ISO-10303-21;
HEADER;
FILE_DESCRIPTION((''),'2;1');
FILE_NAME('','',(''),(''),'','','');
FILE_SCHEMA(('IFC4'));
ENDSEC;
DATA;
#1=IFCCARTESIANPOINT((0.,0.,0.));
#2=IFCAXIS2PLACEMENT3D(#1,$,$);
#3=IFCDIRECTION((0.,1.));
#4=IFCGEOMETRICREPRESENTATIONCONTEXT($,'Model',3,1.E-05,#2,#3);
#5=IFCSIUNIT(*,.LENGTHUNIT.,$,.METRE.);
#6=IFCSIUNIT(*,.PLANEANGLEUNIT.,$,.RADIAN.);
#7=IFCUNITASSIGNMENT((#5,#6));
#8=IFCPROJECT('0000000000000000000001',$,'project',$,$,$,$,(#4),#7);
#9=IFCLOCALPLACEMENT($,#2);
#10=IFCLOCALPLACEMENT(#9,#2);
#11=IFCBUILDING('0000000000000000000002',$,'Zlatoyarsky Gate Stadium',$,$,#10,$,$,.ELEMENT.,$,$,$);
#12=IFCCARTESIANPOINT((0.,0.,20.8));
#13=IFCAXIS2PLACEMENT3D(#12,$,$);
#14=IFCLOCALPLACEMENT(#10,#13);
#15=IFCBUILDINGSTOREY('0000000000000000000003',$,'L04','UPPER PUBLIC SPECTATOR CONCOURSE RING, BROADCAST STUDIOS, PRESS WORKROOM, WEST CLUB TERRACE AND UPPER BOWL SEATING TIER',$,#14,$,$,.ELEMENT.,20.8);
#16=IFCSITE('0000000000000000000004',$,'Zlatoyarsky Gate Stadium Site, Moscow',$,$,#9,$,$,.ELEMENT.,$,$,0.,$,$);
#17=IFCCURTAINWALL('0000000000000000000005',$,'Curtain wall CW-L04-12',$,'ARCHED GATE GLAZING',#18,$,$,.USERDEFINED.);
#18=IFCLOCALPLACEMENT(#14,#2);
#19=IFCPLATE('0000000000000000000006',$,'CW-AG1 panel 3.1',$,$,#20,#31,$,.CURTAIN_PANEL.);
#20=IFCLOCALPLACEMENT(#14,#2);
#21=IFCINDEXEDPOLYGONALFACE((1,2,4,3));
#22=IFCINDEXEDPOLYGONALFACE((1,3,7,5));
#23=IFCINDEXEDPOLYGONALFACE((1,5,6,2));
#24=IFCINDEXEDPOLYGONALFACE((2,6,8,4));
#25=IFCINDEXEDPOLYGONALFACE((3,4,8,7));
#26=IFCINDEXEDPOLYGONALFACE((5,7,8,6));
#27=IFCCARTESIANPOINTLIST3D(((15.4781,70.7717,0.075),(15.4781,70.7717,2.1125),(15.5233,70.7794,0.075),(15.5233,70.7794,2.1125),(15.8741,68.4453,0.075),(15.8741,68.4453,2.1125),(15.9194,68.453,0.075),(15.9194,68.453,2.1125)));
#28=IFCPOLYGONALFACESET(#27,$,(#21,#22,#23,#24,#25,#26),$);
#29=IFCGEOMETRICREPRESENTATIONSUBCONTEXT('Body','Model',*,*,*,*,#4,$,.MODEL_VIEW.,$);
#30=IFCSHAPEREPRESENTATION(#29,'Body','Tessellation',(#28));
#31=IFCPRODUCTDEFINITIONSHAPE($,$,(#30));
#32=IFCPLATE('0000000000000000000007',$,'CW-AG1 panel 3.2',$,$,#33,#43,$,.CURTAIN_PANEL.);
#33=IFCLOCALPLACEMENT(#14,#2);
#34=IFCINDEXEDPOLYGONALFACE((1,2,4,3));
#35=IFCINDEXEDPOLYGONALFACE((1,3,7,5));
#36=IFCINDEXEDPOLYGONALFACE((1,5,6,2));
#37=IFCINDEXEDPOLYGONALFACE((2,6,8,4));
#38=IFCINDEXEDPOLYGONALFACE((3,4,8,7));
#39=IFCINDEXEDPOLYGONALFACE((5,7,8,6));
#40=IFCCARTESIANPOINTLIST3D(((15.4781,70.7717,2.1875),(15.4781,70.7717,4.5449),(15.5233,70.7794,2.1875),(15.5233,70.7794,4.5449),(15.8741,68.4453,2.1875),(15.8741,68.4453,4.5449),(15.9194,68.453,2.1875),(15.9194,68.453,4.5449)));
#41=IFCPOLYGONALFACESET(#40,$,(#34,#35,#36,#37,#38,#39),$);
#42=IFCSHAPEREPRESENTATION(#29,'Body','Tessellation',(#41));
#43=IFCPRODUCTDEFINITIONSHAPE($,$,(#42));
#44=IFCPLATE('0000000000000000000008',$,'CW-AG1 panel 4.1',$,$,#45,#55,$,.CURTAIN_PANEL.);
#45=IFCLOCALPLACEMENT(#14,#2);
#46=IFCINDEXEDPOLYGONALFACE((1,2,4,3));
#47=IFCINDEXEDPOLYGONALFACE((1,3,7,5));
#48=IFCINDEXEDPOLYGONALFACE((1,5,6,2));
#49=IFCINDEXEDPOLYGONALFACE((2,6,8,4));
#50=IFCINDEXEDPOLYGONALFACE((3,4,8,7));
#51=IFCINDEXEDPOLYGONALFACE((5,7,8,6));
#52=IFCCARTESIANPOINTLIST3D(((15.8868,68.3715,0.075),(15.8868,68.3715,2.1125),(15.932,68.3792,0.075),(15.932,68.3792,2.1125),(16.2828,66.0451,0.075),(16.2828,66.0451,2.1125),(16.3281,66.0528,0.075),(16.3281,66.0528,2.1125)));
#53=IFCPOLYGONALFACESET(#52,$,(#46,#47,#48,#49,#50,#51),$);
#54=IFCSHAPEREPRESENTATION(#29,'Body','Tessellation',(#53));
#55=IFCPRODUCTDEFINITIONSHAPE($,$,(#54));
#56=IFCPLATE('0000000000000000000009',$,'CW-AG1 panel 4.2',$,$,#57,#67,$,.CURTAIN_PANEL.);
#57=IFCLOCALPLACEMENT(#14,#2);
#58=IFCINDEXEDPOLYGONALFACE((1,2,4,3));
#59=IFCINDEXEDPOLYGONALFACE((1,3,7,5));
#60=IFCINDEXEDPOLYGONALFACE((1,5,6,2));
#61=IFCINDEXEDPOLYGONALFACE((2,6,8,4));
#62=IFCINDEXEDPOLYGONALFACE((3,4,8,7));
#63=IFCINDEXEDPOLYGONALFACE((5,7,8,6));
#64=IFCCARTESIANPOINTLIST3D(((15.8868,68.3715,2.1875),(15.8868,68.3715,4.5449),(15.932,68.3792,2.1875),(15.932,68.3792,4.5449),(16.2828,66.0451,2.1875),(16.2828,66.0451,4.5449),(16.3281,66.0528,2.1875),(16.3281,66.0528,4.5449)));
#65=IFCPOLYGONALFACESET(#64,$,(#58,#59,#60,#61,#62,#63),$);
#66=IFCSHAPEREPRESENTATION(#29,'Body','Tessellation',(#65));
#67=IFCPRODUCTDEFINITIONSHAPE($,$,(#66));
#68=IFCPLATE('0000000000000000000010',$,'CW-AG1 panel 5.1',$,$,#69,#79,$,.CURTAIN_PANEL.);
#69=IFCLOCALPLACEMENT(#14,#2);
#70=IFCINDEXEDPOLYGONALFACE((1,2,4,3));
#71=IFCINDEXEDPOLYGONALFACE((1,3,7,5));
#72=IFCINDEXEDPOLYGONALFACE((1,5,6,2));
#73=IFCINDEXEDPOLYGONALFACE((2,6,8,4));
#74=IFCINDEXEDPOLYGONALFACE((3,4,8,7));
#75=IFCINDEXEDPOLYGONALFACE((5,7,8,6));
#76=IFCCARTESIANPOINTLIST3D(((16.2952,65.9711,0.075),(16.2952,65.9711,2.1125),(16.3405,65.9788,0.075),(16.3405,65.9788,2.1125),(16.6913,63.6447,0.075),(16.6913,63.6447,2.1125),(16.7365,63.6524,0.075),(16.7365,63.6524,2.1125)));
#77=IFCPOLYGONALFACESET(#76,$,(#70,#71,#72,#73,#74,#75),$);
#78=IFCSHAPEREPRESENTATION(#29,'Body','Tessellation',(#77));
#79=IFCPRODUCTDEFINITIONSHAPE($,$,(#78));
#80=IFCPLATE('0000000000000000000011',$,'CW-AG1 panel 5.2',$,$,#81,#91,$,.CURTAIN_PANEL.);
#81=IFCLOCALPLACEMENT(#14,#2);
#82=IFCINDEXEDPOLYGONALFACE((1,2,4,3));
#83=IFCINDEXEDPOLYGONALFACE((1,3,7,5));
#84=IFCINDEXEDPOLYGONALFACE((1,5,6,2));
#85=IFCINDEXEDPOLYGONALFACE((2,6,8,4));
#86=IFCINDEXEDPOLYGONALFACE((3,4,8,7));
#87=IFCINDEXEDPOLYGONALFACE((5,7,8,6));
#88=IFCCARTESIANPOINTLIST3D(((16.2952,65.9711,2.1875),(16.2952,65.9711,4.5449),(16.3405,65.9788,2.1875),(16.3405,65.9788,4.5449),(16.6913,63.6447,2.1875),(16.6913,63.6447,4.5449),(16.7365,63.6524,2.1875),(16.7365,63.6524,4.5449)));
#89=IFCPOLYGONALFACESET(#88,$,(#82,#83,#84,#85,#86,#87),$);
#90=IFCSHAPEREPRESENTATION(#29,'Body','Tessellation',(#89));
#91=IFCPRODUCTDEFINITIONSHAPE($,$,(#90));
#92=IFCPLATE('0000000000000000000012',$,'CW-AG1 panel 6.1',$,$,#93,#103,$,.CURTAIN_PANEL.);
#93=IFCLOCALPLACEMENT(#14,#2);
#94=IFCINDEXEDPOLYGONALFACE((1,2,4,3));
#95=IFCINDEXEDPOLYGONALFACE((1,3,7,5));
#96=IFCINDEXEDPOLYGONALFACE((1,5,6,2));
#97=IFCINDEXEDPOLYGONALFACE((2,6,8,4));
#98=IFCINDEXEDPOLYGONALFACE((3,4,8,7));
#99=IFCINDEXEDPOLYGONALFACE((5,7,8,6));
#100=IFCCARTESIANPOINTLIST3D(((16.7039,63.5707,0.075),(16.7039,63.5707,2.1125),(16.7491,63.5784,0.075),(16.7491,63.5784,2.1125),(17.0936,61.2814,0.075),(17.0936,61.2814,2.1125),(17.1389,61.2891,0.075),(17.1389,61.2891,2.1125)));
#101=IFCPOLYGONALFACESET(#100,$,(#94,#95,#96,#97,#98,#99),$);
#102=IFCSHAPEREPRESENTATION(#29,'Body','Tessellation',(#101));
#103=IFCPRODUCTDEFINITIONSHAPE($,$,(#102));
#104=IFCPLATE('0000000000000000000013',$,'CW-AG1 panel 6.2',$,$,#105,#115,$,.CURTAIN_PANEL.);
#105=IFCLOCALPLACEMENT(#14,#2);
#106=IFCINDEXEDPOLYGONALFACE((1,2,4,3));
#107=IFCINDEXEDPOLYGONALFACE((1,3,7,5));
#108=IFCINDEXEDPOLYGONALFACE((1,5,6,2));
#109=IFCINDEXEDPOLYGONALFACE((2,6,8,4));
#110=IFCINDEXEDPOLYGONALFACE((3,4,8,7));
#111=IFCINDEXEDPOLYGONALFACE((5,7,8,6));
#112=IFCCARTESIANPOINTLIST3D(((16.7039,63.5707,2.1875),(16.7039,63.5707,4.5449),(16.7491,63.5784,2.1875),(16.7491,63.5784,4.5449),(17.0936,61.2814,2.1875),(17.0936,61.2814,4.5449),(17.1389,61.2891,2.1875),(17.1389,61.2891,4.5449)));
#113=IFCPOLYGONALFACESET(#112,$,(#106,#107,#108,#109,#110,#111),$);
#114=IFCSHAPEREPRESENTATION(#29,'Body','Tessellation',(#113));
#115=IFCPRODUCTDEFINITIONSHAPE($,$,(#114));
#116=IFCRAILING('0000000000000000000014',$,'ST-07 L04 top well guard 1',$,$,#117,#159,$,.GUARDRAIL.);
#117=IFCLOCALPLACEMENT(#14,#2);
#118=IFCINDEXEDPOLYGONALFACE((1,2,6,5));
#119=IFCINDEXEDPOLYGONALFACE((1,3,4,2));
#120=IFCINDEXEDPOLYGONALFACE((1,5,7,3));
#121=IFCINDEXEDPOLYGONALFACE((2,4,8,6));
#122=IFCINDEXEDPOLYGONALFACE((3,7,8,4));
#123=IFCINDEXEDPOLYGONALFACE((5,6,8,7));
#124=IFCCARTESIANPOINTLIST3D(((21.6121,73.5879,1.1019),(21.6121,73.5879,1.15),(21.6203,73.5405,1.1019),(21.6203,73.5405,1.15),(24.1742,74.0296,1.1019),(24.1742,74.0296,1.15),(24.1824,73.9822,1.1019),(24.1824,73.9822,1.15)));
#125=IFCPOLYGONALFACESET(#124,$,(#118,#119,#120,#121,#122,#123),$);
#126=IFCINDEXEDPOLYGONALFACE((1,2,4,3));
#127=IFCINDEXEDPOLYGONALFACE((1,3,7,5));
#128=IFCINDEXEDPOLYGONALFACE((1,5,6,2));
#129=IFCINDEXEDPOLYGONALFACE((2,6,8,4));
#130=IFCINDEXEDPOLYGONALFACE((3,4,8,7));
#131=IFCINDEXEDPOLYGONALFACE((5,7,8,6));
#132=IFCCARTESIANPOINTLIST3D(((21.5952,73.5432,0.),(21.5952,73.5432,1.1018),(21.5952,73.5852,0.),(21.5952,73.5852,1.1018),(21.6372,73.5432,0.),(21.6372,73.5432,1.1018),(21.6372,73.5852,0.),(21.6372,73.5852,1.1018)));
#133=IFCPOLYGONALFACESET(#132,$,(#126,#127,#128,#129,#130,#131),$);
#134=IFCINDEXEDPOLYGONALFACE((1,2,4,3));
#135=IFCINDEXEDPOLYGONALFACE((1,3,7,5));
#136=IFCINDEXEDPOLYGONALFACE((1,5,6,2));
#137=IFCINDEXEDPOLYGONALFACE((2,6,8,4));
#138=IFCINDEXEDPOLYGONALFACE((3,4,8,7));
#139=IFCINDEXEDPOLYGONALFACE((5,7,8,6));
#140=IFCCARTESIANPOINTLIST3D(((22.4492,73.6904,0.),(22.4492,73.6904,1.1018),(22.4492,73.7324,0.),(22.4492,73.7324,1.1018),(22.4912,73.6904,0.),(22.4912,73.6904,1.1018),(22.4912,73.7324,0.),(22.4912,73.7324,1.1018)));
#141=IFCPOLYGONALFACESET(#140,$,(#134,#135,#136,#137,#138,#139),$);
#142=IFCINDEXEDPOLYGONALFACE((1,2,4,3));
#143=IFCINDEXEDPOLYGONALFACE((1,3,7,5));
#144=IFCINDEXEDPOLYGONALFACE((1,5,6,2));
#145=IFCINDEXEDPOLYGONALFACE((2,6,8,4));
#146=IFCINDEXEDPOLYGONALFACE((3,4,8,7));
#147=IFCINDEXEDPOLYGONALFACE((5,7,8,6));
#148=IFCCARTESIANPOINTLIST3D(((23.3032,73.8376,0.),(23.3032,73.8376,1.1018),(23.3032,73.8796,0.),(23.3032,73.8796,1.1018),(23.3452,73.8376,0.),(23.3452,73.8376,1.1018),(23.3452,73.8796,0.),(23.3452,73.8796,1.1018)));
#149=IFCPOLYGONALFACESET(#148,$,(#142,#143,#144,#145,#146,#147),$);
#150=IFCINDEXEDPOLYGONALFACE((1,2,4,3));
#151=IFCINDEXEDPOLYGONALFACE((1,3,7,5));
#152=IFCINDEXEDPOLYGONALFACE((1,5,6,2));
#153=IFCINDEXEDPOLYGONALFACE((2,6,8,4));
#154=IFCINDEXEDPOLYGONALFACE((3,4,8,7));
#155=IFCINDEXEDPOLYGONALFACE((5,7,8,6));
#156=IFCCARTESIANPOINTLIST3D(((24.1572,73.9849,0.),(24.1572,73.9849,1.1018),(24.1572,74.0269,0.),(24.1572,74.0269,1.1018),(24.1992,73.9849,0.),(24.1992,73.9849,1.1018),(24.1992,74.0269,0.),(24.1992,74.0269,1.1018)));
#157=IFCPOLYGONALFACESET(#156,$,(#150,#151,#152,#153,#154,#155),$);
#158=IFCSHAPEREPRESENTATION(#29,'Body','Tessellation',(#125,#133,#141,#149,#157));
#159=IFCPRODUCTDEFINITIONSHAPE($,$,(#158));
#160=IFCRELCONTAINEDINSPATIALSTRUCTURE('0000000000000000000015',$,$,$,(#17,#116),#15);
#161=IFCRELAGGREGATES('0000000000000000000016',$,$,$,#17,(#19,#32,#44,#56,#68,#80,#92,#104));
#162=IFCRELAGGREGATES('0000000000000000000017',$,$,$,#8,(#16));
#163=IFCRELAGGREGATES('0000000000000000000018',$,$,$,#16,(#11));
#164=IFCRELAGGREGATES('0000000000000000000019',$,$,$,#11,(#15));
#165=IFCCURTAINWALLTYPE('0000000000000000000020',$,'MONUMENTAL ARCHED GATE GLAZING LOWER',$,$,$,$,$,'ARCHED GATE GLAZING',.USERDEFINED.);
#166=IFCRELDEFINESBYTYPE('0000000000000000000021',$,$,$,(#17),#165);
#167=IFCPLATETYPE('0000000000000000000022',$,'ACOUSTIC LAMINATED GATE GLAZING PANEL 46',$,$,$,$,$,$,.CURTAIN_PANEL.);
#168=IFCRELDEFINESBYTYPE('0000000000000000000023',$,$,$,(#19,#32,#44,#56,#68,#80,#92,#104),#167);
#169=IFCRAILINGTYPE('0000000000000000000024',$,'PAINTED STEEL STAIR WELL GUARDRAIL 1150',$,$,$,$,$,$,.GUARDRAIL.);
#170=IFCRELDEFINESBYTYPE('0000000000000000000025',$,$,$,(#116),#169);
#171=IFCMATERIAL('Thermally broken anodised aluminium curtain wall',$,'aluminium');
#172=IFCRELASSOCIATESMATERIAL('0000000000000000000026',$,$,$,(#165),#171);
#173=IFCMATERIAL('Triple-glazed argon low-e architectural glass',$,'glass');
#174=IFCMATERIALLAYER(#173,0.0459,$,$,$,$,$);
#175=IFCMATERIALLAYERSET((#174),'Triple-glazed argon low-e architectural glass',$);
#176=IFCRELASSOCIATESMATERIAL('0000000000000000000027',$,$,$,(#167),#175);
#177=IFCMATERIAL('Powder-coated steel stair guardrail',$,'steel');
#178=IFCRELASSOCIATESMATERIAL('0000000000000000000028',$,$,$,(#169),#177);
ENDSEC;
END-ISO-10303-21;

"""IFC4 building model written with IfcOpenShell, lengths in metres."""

from ifc_helpers import new_model, si_unit, direction, frame, origin, origin_2d, place, context, subcontext, project, spatial, rectangle, extrude, material, layer, layer_set, type_object, element, aggregate, save


model = new_model("IFC4")

# Units and contexts
model_context = context("Model", 3, precision=1e-05, world=origin(), true_north=direction((0.0, 1.0)))
body_context = subcontext(model_context, "Body", "Model", "MODEL_VIEW")
ifc_project = project(units=[si_unit("LENGTHUNIT", "METRE"), si_unit("PLANEANGLEUNIT", "RADIAN")], contexts=[model_context])

# Site, building, storey
site_placement = place(None, origin())
site = spatial("IfcSite", under=ifc_project, at=site_placement, Name="Zlatoyarsky Gate Stadium Site, Moscow", CompositionType="ELEMENT", RefElevation=0.0)
building_placement = place(site_placement, origin())
building = spatial("IfcBuilding", under=site, at=building_placement, Name="Zlatoyarsky Gate Stadium", CompositionType="ELEMENT")
storey_placement = place(building_placement, frame((0.0, 0.0, 20.8)))
storey = spatial("IfcBuildingStorey", under=building, at=storey_placement, Name="L04", Description="UPPER PUBLIC SPECTATOR CONCOURSE RING, BROADCAST STUDIOS, PRESS WORKROOM, WEST CLUB TERRACE AND UPPER BOWL SEATING TIER", CompositionType="ELEMENT", Elevation=20.8)

# Curtain wall
ifc_material_1 = material(Name="Thermally broken anodised aluminium curtain wall", Category="aluminium")
curtain_wall_type = type_object("IfcCurtainWallType", Name="MONUMENTAL ARCHED GATE GLAZING LOWER", ElementType="ARCHED GATE GLAZING", PredefinedType="USERDEFINED", material=ifc_material_1)
curtain_wall_placement = place(storey_placement, origin())
curtain_wall = element("IfcCurtainWall", 1, at=curtain_wall_placement, inside=storey, type_object=curtain_wall_type, Name="Curtain wall CW-L04-12", ObjectType="ARCHED GATE GLAZING", PredefinedType="USERDEFINED")

# Plates
ifc_material_2 = material(Name="Triple-glazed argon low-e architectural glass", Category="glass")
ifc_layer = layer(ifc_material_2, 0.0459)
ifc_layer_set = layer_set([ifc_layer], Name="Triple-glazed argon low-e architectural glass")
plate_type = type_object("IfcPlateType", Name="ACOUSTIC LAMINATED GATE GLAZING PANEL 46", PredefinedType="CURTAIN_PANEL", material=ifc_layer_set)
plate_1_placement = place(storey_placement, frame((15.6987, 69.6123, 0.075), z_axis=(0.0, 0.0, 1.0), x_axis=(0.167822, -0.985817, 0.0)))
plate_1 = element("IfcPlate", 2, at=plate_1_placement, type_object=plate_type, Name="CW-AG1 panel 3.1", PredefinedType="CURTAIN_PANEL", context=body_context, shape_type="SweptSolid", body=[
    extrude(rectangle(XDim=2.3599, YDim=0.0459, at=origin_2d()), origin(), (0.0, 0.0, 1.0), 2.0376),
])
plate_2_placement = place(storey_placement, frame((15.6987, 69.6123, 2.1875), z_axis=(0.0, 0.0, 1.0), x_axis=(0.167822, -0.985817, 0.0)))
plate_2 = element("IfcPlate", 3, at=plate_2_placement, type_object=plate_type, Name="CW-AG1 panel 3.2", PredefinedType="CURTAIN_PANEL", context=body_context, shape_type="SweptSolid", body=[
    extrude(rectangle(XDim=2.3599, YDim=0.0459, at=origin_2d()), origin(), (0.0, 0.0, 1.0), 2.3574),
])
plate_3_placement = place(storey_placement, frame((16.1074, 67.2122, 0.075), z_axis=(0.0, 0.0, 1.0), x_axis=(0.167822, -0.985817, 0.0)))
plate_3 = element("IfcPlate", 4, at=plate_3_placement, type_object=plate_type, Name="CW-AG1 panel 4.1", PredefinedType="CURTAIN_PANEL", context=body_context, shape_type="SweptSolid", body=[
    extrude(rectangle(XDim=2.3599, YDim=0.0459, at=origin_2d()), origin(), (0.0, 0.0, 1.0), 2.0376),
])
plate_4_placement = place(storey_placement, frame((16.1074, 67.2122, 2.1875), z_axis=(0.0, 0.0, 1.0), x_axis=(0.167822, -0.985817, 0.0)))
plate_4 = element("IfcPlate", 5, at=plate_4_placement, type_object=plate_type, Name="CW-AG1 panel 4.2", PredefinedType="CURTAIN_PANEL", context=body_context, shape_type="SweptSolid", body=[
    extrude(rectangle(XDim=2.3599, YDim=0.0459, at=origin_2d()), origin(), (0.0, 0.0, 1.0), 2.3574),
])
plate_5_placement = place(storey_placement, frame((16.5159, 64.8118, 0.075), z_axis=(0.0, 0.0, 1.0), x_axis=(0.167822, -0.985817, 0.0)))
plate_5 = element("IfcPlate", 6, at=plate_5_placement, type_object=plate_type, Name="CW-AG1 panel 5.1", PredefinedType="CURTAIN_PANEL", context=body_context, shape_type="SweptSolid", body=[
    extrude(rectangle(XDim=2.3599, YDim=0.0459, at=origin_2d()), origin(), (0.0, 0.0, 1.0), 2.0376),
])
plate_6_placement = place(storey_placement, frame((16.5159, 64.8118, 2.1875), z_axis=(0.0, 0.0, 1.0), x_axis=(0.167822, -0.985817, 0.0)))
plate_6 = element("IfcPlate", 7, at=plate_6_placement, type_object=plate_type, Name="CW-AG1 panel 5.2", PredefinedType="CURTAIN_PANEL", context=body_context, shape_type="SweptSolid", body=[
    extrude(rectangle(XDim=2.3599, YDim=0.0459, at=origin_2d()), origin(), (0.0, 0.0, 1.0), 2.3574),
])
plate_7_placement = place(storey_placement, frame((16.9214, 62.4299, 0.075), z_axis=(0.0, 0.0, 1.0), x_axis=(0.167822, -0.985817, 0.0)))
plate_7 = element("IfcPlate", 8, at=plate_7_placement, type_object=plate_type, Name="CW-AG1 panel 6.1", PredefinedType="CURTAIN_PANEL", context=body_context, shape_type="SweptSolid", body=[
    extrude(rectangle(XDim=2.3223, YDim=0.0459, at=origin_2d()), origin(), (0.0, 0.0, 1.0), 2.0376),
])
plate_8_placement = place(storey_placement, frame((16.9214, 62.4299, 2.1875), z_axis=(0.0, 0.0, 1.0), x_axis=(0.167822, -0.985817, 0.0)))
plate_8 = element("IfcPlate", 9, at=plate_8_placement, type_object=plate_type, Name="CW-AG1 panel 6.2", PredefinedType="CURTAIN_PANEL", context=body_context, shape_type="SweptSolid", body=[
    extrude(rectangle(XDim=2.3223, YDim=0.0459, at=origin_2d()), origin(), (0.0, 0.0, 1.0), 2.3574),
])
aggregate(curtain_wall, [plate_1, plate_2, plate_3, plate_4, plate_5, plate_6, plate_7, plate_8])

# Railing
ifc_material_3 = material(Name="Powder-coated steel stair guardrail", Category="steel")
railing_type = type_object("IfcRailingType", Name="PAINTED STEEL STAIR WELL GUARDRAIL 1150", PredefinedType="GUARDRAIL", material=ifc_material_3)
railing_placement = place(storey_placement, frame((21.6162, 73.5642, 0.0)))
element("IfcRailing", 10, at=railing_placement, inside=storey, type_object=railing_type, Name="ST-07 L04 top well guard 1", PredefinedType="GUARDRAIL", context=body_context, shape_type="SweptSolid", body=[
    extrude(rectangle(XDim=0.0481, YDim=0.0481, at=origin_2d()), frame((0.0, 0.0, 1.126), z_axis=(0.985465, 0.169879, 0.0), x_axis=(-0.169879, 0.985465, 0.0)), (0.0, 0.0, 1.0), 2.5999),
    extrude(rectangle(XDim=0.042, YDim=0.042, at=origin_2d()), origin(), (0.0, 0.0, 1.0), 1.1018),
    extrude(rectangle(XDim=0.042, YDim=0.042, at=origin_2d()), frame((0.854, 0.1472, 0.0)), (0.0, 0.0, 1.0), 1.1018),
    extrude(rectangle(XDim=0.042, YDim=0.042, at=origin_2d()), frame((1.708, 0.2944, 0.0)), (0.0, 0.0, 1.0), 1.1018),
    extrude(rectangle(XDim=0.042, YDim=0.042, at=origin_2d()), frame((2.562, 0.4417, 0.0)), (0.0, 0.0, 1.0), 1.1018),
])

save(model, "model.ifc")
